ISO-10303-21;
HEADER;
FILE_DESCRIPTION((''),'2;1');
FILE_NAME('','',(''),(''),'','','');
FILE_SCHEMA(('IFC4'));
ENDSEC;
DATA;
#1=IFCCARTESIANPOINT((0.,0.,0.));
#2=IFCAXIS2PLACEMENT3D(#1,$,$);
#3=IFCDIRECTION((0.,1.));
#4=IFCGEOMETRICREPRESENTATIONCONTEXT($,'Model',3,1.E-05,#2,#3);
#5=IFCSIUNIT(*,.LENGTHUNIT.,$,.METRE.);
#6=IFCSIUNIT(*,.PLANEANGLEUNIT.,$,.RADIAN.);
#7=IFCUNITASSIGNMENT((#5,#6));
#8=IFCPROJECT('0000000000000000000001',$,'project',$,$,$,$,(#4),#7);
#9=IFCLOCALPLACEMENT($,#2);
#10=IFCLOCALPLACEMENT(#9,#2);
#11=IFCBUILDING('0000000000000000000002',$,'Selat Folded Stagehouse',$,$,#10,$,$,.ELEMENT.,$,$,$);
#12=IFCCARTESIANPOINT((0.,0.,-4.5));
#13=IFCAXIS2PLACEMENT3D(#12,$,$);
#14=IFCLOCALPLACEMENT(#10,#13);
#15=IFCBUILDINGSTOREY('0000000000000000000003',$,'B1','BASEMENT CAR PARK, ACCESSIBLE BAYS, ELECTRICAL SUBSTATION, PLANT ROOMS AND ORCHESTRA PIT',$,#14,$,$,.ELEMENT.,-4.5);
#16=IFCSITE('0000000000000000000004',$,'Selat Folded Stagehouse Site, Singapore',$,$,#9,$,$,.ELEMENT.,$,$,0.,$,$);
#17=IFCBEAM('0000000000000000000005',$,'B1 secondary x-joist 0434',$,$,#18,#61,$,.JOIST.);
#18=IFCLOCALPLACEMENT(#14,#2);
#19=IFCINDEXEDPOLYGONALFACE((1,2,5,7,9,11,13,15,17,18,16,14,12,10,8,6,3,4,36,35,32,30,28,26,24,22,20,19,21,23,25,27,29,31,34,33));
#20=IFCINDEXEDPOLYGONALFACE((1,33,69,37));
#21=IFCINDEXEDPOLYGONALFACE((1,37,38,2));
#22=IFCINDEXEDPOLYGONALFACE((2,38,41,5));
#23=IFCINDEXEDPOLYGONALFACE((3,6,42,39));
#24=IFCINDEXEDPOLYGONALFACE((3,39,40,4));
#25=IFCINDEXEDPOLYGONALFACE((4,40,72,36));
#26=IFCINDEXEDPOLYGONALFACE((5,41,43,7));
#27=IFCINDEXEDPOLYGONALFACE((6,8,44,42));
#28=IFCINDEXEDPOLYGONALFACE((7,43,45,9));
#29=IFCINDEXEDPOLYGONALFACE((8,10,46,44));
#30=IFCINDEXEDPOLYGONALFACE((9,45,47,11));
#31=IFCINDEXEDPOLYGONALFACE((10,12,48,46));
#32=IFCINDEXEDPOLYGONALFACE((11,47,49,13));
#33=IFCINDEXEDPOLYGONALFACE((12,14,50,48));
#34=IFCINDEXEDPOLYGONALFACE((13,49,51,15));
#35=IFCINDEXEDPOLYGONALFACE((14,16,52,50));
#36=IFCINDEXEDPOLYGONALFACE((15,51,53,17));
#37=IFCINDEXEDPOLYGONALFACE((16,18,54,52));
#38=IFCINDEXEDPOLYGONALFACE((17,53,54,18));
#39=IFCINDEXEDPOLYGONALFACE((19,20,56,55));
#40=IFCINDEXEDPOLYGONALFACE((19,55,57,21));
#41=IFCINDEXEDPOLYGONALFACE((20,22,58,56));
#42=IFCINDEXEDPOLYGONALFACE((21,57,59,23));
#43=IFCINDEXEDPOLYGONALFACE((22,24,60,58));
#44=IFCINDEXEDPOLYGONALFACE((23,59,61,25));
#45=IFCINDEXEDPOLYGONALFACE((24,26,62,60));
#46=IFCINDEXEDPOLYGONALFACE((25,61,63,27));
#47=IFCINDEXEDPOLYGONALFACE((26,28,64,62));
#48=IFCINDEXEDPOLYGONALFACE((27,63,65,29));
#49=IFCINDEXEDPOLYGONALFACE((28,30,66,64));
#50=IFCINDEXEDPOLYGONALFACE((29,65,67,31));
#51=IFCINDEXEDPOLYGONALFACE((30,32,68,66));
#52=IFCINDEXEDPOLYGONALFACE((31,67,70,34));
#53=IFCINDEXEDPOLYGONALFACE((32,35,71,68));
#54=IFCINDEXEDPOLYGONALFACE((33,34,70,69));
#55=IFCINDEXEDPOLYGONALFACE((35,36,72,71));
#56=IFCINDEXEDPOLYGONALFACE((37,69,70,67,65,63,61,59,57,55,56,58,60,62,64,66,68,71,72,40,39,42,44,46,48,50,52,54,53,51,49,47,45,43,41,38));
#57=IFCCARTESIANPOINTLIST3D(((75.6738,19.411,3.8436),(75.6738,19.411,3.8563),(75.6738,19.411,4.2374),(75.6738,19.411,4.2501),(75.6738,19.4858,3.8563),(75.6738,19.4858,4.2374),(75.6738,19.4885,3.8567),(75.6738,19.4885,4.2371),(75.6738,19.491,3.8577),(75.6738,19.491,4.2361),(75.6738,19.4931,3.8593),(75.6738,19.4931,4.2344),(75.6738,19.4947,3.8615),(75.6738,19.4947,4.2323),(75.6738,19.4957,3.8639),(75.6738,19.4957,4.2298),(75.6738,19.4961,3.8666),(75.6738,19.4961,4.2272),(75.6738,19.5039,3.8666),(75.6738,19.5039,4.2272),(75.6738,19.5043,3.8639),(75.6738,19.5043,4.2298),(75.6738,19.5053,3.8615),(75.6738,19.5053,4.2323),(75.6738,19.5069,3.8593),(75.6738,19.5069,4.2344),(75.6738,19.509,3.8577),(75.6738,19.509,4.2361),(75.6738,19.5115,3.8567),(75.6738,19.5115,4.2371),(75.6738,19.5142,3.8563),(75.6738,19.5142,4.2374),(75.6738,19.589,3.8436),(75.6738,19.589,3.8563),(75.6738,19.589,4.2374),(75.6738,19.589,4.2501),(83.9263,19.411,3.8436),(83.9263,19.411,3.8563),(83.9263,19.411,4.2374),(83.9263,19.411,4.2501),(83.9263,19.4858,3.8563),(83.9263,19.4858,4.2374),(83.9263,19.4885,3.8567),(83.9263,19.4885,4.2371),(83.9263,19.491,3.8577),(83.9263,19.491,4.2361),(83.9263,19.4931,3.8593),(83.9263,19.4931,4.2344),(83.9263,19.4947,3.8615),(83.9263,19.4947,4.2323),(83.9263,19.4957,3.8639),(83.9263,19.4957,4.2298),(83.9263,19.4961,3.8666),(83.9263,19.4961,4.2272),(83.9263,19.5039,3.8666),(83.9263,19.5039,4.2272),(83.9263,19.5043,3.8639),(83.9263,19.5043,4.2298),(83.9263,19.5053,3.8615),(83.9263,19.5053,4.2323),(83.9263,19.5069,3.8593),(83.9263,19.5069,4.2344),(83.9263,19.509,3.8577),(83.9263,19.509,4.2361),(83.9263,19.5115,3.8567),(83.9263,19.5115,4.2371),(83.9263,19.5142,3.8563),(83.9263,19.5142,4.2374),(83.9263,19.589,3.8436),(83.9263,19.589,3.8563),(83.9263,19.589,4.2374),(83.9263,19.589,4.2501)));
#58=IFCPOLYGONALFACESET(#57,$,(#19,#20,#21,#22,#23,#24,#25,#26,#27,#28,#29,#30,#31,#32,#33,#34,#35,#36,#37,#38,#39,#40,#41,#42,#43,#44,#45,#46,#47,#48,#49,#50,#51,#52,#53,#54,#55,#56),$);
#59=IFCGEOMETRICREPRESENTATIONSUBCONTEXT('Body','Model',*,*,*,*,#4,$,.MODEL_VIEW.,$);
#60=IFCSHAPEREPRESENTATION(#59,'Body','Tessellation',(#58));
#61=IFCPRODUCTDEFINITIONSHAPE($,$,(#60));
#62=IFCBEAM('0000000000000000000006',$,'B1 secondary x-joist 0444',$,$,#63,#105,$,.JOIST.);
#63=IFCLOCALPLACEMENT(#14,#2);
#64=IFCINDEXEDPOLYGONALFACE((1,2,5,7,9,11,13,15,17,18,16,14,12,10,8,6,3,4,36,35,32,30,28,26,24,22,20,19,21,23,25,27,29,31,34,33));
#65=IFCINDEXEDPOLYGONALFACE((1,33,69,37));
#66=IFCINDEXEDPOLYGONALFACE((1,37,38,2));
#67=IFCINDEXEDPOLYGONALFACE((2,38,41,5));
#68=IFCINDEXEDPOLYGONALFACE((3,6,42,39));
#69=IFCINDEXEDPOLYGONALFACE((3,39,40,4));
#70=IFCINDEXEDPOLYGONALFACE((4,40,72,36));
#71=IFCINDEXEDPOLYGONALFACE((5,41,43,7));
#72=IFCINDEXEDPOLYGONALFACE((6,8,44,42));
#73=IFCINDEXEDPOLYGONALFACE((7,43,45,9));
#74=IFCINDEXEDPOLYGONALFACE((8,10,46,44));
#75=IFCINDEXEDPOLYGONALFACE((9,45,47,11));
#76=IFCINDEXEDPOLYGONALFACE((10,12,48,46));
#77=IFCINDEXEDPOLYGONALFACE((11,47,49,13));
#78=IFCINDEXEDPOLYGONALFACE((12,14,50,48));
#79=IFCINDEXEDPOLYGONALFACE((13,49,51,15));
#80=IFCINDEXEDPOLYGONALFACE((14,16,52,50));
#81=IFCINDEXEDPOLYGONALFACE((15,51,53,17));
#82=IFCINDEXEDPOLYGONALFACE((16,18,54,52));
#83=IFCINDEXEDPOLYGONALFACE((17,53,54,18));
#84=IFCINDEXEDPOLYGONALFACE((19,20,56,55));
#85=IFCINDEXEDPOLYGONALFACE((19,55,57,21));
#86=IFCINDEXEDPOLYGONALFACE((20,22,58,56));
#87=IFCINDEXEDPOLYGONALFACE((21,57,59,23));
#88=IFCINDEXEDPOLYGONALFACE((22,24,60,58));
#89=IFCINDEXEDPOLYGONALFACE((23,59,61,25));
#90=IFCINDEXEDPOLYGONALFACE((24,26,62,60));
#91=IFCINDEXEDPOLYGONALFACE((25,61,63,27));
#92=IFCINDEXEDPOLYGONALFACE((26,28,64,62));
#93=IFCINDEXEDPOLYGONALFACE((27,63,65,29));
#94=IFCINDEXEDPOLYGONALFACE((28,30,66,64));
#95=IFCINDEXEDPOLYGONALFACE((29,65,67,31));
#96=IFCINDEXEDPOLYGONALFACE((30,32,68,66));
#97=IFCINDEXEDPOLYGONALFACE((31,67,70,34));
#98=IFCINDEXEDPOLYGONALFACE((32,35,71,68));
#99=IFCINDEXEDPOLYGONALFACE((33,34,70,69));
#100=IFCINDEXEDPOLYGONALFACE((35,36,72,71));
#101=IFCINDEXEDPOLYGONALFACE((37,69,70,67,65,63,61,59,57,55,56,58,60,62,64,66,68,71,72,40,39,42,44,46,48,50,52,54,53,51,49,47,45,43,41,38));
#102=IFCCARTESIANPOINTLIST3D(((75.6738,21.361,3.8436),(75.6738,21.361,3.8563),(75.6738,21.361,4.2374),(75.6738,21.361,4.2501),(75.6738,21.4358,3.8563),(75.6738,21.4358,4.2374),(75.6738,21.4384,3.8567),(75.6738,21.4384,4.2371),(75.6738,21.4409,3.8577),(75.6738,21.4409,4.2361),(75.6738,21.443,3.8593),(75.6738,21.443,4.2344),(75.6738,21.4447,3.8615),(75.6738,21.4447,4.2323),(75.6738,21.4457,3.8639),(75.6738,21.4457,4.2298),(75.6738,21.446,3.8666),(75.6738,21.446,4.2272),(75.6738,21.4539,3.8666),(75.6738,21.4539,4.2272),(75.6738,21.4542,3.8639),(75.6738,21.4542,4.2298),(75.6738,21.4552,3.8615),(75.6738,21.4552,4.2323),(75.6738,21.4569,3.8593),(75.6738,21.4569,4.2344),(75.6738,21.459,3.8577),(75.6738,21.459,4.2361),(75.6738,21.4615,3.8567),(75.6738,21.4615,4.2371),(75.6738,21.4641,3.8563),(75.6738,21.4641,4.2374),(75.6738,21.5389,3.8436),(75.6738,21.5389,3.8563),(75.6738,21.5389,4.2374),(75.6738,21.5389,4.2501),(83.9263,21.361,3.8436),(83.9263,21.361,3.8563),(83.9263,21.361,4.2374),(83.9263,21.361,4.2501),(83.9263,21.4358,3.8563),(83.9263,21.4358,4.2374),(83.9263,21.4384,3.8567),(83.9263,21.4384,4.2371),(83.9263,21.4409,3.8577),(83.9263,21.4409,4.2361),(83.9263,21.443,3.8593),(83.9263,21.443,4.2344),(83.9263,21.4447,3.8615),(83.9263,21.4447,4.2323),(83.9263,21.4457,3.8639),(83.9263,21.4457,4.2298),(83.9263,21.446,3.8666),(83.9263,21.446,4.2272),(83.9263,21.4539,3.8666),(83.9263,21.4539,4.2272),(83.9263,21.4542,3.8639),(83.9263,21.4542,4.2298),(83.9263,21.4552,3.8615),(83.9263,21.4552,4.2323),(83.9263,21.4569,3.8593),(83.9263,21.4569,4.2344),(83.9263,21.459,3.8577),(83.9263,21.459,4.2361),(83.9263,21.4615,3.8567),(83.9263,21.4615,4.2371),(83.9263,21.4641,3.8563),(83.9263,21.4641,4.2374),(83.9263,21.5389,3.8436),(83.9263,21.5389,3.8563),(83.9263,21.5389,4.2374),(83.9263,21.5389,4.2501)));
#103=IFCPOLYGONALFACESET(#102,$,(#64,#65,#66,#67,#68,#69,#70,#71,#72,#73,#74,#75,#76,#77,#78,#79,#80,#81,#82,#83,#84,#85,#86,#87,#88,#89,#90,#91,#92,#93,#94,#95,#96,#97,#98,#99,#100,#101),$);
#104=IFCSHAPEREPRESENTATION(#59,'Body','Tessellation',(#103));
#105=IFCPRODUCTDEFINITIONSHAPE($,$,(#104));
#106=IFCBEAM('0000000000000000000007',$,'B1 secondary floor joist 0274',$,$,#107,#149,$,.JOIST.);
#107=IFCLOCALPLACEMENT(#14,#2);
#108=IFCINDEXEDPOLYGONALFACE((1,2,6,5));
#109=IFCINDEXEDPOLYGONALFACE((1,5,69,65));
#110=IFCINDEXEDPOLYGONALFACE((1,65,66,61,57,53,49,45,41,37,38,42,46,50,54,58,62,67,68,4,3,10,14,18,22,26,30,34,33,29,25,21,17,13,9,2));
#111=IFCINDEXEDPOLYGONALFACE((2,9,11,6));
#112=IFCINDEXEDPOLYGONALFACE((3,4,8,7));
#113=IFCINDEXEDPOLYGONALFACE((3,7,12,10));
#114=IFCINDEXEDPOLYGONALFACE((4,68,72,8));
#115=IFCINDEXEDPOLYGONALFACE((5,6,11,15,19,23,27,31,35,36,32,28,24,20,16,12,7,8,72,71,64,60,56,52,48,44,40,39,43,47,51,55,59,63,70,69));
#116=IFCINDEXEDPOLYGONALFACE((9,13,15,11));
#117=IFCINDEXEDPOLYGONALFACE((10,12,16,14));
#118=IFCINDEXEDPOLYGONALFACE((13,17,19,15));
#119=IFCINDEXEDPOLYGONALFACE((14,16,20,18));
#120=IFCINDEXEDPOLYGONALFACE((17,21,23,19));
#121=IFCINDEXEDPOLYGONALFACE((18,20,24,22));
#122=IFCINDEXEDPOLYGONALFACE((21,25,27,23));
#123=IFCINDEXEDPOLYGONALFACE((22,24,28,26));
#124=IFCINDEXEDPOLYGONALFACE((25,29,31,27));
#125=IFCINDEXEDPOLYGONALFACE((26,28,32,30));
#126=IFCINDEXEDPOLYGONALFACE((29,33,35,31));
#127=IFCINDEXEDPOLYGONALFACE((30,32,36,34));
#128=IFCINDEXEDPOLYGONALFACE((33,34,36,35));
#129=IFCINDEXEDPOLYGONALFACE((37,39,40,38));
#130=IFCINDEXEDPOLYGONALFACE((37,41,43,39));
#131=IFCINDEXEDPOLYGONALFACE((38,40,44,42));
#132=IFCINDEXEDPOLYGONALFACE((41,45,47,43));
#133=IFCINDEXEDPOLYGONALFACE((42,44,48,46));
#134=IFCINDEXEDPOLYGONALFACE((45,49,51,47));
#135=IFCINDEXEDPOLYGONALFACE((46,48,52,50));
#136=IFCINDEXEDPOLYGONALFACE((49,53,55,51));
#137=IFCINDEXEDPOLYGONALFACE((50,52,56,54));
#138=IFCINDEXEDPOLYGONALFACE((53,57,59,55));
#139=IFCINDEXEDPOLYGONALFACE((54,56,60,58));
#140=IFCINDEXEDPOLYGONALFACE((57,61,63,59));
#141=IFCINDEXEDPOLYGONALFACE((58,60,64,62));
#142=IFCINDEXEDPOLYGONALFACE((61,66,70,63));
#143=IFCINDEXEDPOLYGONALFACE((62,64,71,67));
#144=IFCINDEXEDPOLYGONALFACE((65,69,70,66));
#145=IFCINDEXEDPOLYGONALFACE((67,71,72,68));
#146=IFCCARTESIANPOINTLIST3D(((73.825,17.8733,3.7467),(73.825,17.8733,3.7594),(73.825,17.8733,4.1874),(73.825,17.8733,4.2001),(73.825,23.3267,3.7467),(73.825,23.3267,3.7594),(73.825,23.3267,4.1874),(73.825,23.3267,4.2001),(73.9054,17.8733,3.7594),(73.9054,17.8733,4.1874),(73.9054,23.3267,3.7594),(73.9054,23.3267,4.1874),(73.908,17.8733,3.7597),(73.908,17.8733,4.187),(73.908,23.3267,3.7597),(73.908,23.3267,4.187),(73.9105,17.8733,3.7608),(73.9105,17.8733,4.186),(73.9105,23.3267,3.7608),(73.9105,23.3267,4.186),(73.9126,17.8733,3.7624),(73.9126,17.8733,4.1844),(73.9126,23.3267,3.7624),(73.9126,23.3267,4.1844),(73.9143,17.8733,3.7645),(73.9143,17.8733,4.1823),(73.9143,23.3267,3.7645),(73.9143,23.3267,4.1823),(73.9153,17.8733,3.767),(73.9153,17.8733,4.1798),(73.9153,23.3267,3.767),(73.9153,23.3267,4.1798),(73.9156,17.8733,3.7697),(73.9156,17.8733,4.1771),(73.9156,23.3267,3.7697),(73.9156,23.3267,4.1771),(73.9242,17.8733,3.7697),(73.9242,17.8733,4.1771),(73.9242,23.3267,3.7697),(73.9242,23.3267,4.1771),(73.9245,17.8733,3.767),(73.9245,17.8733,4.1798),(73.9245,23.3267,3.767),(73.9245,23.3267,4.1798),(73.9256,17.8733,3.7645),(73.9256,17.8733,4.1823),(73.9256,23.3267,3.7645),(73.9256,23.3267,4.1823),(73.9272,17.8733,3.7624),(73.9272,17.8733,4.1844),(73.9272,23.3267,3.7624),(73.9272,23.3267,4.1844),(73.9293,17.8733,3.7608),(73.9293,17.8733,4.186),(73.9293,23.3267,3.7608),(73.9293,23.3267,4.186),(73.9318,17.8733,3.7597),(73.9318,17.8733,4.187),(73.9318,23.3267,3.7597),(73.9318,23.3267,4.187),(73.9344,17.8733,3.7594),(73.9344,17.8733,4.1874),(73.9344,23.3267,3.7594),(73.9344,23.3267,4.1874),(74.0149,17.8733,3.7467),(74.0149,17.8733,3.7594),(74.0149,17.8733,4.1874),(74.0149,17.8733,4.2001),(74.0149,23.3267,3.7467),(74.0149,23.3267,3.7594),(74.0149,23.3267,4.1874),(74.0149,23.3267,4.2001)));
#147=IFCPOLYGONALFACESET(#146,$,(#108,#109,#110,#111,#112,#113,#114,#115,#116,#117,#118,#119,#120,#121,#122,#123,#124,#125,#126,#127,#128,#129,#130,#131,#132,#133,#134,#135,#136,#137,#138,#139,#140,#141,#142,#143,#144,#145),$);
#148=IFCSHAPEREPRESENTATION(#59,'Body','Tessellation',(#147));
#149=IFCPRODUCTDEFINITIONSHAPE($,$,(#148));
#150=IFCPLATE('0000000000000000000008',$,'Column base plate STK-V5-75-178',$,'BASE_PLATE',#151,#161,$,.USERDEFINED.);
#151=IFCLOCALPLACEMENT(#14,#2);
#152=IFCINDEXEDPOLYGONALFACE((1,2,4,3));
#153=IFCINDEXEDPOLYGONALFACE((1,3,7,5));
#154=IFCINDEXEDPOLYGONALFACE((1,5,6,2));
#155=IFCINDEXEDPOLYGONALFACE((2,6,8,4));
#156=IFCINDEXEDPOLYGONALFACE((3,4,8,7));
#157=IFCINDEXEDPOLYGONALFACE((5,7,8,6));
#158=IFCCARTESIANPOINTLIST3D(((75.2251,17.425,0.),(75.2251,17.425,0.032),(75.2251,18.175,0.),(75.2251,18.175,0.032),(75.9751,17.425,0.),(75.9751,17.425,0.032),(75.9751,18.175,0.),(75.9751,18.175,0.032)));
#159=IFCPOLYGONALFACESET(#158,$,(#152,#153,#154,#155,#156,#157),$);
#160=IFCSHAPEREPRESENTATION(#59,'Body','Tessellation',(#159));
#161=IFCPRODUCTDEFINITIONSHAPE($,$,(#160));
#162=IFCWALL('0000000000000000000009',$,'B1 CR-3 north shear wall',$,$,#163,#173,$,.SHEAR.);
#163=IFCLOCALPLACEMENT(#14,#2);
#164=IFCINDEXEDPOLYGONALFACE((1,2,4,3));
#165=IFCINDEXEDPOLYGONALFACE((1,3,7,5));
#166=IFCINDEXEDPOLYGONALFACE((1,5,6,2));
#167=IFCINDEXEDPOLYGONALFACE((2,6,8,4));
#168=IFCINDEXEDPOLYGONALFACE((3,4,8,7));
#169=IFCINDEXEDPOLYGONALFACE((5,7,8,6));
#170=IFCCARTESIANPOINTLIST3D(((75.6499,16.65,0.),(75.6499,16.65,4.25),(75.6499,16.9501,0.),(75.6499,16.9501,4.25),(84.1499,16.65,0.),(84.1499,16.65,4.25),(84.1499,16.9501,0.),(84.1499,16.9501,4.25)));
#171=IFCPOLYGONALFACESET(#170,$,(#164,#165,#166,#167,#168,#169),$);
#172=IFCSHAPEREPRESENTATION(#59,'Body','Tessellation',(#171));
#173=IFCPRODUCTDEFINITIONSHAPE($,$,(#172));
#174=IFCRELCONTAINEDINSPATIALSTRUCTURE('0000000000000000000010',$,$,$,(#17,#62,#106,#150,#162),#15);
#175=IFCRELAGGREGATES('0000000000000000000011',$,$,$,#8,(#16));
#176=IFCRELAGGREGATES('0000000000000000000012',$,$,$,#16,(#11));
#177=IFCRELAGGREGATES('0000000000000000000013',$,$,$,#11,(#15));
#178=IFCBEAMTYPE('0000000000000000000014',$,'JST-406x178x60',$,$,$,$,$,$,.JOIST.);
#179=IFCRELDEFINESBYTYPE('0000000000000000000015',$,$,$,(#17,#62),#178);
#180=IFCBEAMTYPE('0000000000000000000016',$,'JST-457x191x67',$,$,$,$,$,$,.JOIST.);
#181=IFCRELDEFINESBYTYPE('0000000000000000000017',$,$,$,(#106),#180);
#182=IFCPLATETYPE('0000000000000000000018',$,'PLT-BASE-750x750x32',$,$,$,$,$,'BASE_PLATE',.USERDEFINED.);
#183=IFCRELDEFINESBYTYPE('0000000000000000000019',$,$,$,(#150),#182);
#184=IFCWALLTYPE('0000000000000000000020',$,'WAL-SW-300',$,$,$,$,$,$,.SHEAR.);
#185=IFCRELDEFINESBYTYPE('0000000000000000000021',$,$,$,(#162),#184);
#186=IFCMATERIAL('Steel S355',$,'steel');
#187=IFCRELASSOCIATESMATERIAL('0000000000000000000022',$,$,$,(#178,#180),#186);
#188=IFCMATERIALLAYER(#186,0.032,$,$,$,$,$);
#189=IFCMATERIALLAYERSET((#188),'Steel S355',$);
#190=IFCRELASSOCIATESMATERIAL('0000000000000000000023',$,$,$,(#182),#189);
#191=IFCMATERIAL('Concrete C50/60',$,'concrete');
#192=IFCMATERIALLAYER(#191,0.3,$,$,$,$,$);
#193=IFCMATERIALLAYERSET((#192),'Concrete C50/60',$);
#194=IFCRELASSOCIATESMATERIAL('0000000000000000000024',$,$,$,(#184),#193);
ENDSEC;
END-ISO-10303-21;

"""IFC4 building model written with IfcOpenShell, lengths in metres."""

from ifc_helpers import new_model, si_unit, direction, frame, frame_2d, origin, origin_2d, place, context, subcontext, project, spatial, rectangle, i_section, extrude, material, layer, layer_set, material_profile, profile_set, type_object, element, save


model = new_model("IFC4")

# Units and contexts
model_context = context("Model", 3, precision=1e-05, world=origin(), true_north=direction((0.0, 1.0)))
body_context = subcontext(model_context, "Body", "Model", "MODEL_VIEW")
ifc_project = project(units=[si_unit("LENGTHUNIT", "METRE"), si_unit("PLANEANGLEUNIT", "RADIAN")], contexts=[model_context])

# Site, building, storey
site_placement = place(None, origin())
site = spatial("IfcSite", under=ifc_project, at=site_placement, Name="Selat Folded Stagehouse Site, Singapore", CompositionType="ELEMENT", RefElevation=0.0)
building_placement = place(site_placement, origin())
building = spatial("IfcBuilding", under=site, at=building_placement, Name="Selat Folded Stagehouse", CompositionType="ELEMENT")
storey_placement = place(building_placement, frame((0.0, 0.0, -4.5)))
storey = spatial("IfcBuildingStorey", under=building, at=storey_placement, Name="B1", Description="BASEMENT CAR PARK, ACCESSIBLE BAYS, ELECTRICAL SUBSTATION, PLANT ROOMS AND ORCHESTRA PIT", CompositionType="ELEMENT", Elevation=-4.5)

# Shared definitions
ifc_material_1 = material(Name="Concrete C50/60", Category="concrete")
ifc_material_2 = material(Name="Steel S355", Category="steel")

# Beams
ifc_material_profile_1 = material_profile(ifc_material_2, i_section(OverallWidth=0.178, OverallDepth=0.4065, WebThickness=0.0078, FlangeThickness=0.0127, FilletRadius=0.0103, at=origin_2d()), Name="UKB 406x178x60")
ifc_profile_set_1 = profile_set([ifc_material_profile_1], Name="Steel S355")
beam_type_1 = type_object("IfcBeamType", Name="JST-406x178x60", PredefinedType="JOIST", material=ifc_profile_set_1)
for number, where, z_axis, x_axis, name in (
    (1, (75.6738, 19.5, 4.0469), (1.0, 0.0, 0.0), (0.0, 1.0, 0.0), "B1 secondary x-joist 0434"),
    (2, (75.6738, 21.45, 4.0469), (1.0, 0.0, 0.0), (0.0, 1.0, 0.0), "B1 secondary x-joist 0444"),
):
    element("IfcBeam", number, at=place(storey_placement, frame(where, z_axis=z_axis, x_axis=x_axis)), inside=storey, type_object=beam_type_1, Name=name, PredefinedType="JOIST", context=body_context, shape_type="SweptSolid", body=[
        extrude(i_section(OverallWidth=0.178, OverallDepth=0.4065, WebThickness=0.0078, FlangeThickness=0.0127, FilletRadius=0.0103, at=origin_2d()), origin(), (0.0, 0.0, 1.0), 8.2524),
    ])
ifc_material_profile_2 = material_profile(ifc_material_2, i_section(OverallWidth=0.1899, OverallDepth=0.4534, WebThickness=0.0085, FlangeThickness=0.0127, FilletRadius=0.0103, at=origin_2d()), Name="UKB 457x191x67")
ifc_profile_set_2 = profile_set([ifc_material_profile_2], Name="Steel S355")
beam_type_2 = type_object("IfcBeamType", Name="JST-457x191x67", PredefinedType="JOIST", material=ifc_profile_set_2)
beam_1_placement = place(storey_placement, frame((73.9199, 17.8733, 3.9734), z_axis=(0.0, 1.0, 0.0), x_axis=(-1.0, 0.0, 0.0)))
element("IfcBeam", 3, at=beam_1_placement, inside=storey, type_object=beam_type_2, Name="B1 secondary floor joist 0274", PredefinedType="JOIST", context=body_context, shape_type="SweptSolid", body=[
    extrude(i_section(OverallWidth=0.1899, OverallDepth=0.4534, WebThickness=0.0085, FlangeThickness=0.0127, FilletRadius=0.0103, at=origin_2d()), origin(), (0.0, 0.0, 1.0), 5.4534),
])

# Plate
ifc_layer_1 = layer(ifc_material_2, 0.032)
ifc_layer_set_1 = layer_set([ifc_layer_1], Name="Steel S355")
plate_type = type_object("IfcPlateType", Name="PLT-BASE-750x750x32", ElementType="BASE_PLATE", PredefinedType="USERDEFINED", material=ifc_layer_set_1)
plate_placement = place(storey_placement, frame((75.6001, 17.8, 0.0), z_axis=(0.0, 0.0, 1.0), x_axis=(1.0, 0.0, 0.0)))
element("IfcPlate", 4, at=plate_placement, inside=storey, type_object=plate_type, Name="Column base plate STK-V5-75-178", ObjectType="BASE_PLATE", PredefinedType="USERDEFINED", context=body_context, shape_type="SweptSolid", body=[
    extrude(rectangle(XDim=0.75, YDim=0.75, at=origin_2d()), origin(), (0.0, 0.0, 1.0), 0.032),
])

# Wall
ifc_layer_2 = layer(ifc_material_1, 0.3)
ifc_layer_set_2 = layer_set([ifc_layer_2], Name="Concrete C50/60")
wall_type = type_object("IfcWallType", Name="WAL-SW-300", PredefinedType="SHEAR", material=ifc_layer_set_2)
wall_placement = place(storey_placement, frame((75.6499, 16.8, 0.0), z_axis=(0.0, 0.0, 1.0), x_axis=(1.0, 0.0, 0.0)))
element("IfcWall", 5, at=wall_placement, inside=storey, type_object=wall_type, Name="B1 CR-3 north shear wall", PredefinedType="SHEAR", context=body_context, shape_type="SweptSolid", body=[
    extrude(rectangle(XDim=8.5, YDim=0.3, at=frame_2d((4.25, 0.0))), origin(), (0.0, 0.0, 1.0), 4.25),
])

save(model, "model.ifc")
